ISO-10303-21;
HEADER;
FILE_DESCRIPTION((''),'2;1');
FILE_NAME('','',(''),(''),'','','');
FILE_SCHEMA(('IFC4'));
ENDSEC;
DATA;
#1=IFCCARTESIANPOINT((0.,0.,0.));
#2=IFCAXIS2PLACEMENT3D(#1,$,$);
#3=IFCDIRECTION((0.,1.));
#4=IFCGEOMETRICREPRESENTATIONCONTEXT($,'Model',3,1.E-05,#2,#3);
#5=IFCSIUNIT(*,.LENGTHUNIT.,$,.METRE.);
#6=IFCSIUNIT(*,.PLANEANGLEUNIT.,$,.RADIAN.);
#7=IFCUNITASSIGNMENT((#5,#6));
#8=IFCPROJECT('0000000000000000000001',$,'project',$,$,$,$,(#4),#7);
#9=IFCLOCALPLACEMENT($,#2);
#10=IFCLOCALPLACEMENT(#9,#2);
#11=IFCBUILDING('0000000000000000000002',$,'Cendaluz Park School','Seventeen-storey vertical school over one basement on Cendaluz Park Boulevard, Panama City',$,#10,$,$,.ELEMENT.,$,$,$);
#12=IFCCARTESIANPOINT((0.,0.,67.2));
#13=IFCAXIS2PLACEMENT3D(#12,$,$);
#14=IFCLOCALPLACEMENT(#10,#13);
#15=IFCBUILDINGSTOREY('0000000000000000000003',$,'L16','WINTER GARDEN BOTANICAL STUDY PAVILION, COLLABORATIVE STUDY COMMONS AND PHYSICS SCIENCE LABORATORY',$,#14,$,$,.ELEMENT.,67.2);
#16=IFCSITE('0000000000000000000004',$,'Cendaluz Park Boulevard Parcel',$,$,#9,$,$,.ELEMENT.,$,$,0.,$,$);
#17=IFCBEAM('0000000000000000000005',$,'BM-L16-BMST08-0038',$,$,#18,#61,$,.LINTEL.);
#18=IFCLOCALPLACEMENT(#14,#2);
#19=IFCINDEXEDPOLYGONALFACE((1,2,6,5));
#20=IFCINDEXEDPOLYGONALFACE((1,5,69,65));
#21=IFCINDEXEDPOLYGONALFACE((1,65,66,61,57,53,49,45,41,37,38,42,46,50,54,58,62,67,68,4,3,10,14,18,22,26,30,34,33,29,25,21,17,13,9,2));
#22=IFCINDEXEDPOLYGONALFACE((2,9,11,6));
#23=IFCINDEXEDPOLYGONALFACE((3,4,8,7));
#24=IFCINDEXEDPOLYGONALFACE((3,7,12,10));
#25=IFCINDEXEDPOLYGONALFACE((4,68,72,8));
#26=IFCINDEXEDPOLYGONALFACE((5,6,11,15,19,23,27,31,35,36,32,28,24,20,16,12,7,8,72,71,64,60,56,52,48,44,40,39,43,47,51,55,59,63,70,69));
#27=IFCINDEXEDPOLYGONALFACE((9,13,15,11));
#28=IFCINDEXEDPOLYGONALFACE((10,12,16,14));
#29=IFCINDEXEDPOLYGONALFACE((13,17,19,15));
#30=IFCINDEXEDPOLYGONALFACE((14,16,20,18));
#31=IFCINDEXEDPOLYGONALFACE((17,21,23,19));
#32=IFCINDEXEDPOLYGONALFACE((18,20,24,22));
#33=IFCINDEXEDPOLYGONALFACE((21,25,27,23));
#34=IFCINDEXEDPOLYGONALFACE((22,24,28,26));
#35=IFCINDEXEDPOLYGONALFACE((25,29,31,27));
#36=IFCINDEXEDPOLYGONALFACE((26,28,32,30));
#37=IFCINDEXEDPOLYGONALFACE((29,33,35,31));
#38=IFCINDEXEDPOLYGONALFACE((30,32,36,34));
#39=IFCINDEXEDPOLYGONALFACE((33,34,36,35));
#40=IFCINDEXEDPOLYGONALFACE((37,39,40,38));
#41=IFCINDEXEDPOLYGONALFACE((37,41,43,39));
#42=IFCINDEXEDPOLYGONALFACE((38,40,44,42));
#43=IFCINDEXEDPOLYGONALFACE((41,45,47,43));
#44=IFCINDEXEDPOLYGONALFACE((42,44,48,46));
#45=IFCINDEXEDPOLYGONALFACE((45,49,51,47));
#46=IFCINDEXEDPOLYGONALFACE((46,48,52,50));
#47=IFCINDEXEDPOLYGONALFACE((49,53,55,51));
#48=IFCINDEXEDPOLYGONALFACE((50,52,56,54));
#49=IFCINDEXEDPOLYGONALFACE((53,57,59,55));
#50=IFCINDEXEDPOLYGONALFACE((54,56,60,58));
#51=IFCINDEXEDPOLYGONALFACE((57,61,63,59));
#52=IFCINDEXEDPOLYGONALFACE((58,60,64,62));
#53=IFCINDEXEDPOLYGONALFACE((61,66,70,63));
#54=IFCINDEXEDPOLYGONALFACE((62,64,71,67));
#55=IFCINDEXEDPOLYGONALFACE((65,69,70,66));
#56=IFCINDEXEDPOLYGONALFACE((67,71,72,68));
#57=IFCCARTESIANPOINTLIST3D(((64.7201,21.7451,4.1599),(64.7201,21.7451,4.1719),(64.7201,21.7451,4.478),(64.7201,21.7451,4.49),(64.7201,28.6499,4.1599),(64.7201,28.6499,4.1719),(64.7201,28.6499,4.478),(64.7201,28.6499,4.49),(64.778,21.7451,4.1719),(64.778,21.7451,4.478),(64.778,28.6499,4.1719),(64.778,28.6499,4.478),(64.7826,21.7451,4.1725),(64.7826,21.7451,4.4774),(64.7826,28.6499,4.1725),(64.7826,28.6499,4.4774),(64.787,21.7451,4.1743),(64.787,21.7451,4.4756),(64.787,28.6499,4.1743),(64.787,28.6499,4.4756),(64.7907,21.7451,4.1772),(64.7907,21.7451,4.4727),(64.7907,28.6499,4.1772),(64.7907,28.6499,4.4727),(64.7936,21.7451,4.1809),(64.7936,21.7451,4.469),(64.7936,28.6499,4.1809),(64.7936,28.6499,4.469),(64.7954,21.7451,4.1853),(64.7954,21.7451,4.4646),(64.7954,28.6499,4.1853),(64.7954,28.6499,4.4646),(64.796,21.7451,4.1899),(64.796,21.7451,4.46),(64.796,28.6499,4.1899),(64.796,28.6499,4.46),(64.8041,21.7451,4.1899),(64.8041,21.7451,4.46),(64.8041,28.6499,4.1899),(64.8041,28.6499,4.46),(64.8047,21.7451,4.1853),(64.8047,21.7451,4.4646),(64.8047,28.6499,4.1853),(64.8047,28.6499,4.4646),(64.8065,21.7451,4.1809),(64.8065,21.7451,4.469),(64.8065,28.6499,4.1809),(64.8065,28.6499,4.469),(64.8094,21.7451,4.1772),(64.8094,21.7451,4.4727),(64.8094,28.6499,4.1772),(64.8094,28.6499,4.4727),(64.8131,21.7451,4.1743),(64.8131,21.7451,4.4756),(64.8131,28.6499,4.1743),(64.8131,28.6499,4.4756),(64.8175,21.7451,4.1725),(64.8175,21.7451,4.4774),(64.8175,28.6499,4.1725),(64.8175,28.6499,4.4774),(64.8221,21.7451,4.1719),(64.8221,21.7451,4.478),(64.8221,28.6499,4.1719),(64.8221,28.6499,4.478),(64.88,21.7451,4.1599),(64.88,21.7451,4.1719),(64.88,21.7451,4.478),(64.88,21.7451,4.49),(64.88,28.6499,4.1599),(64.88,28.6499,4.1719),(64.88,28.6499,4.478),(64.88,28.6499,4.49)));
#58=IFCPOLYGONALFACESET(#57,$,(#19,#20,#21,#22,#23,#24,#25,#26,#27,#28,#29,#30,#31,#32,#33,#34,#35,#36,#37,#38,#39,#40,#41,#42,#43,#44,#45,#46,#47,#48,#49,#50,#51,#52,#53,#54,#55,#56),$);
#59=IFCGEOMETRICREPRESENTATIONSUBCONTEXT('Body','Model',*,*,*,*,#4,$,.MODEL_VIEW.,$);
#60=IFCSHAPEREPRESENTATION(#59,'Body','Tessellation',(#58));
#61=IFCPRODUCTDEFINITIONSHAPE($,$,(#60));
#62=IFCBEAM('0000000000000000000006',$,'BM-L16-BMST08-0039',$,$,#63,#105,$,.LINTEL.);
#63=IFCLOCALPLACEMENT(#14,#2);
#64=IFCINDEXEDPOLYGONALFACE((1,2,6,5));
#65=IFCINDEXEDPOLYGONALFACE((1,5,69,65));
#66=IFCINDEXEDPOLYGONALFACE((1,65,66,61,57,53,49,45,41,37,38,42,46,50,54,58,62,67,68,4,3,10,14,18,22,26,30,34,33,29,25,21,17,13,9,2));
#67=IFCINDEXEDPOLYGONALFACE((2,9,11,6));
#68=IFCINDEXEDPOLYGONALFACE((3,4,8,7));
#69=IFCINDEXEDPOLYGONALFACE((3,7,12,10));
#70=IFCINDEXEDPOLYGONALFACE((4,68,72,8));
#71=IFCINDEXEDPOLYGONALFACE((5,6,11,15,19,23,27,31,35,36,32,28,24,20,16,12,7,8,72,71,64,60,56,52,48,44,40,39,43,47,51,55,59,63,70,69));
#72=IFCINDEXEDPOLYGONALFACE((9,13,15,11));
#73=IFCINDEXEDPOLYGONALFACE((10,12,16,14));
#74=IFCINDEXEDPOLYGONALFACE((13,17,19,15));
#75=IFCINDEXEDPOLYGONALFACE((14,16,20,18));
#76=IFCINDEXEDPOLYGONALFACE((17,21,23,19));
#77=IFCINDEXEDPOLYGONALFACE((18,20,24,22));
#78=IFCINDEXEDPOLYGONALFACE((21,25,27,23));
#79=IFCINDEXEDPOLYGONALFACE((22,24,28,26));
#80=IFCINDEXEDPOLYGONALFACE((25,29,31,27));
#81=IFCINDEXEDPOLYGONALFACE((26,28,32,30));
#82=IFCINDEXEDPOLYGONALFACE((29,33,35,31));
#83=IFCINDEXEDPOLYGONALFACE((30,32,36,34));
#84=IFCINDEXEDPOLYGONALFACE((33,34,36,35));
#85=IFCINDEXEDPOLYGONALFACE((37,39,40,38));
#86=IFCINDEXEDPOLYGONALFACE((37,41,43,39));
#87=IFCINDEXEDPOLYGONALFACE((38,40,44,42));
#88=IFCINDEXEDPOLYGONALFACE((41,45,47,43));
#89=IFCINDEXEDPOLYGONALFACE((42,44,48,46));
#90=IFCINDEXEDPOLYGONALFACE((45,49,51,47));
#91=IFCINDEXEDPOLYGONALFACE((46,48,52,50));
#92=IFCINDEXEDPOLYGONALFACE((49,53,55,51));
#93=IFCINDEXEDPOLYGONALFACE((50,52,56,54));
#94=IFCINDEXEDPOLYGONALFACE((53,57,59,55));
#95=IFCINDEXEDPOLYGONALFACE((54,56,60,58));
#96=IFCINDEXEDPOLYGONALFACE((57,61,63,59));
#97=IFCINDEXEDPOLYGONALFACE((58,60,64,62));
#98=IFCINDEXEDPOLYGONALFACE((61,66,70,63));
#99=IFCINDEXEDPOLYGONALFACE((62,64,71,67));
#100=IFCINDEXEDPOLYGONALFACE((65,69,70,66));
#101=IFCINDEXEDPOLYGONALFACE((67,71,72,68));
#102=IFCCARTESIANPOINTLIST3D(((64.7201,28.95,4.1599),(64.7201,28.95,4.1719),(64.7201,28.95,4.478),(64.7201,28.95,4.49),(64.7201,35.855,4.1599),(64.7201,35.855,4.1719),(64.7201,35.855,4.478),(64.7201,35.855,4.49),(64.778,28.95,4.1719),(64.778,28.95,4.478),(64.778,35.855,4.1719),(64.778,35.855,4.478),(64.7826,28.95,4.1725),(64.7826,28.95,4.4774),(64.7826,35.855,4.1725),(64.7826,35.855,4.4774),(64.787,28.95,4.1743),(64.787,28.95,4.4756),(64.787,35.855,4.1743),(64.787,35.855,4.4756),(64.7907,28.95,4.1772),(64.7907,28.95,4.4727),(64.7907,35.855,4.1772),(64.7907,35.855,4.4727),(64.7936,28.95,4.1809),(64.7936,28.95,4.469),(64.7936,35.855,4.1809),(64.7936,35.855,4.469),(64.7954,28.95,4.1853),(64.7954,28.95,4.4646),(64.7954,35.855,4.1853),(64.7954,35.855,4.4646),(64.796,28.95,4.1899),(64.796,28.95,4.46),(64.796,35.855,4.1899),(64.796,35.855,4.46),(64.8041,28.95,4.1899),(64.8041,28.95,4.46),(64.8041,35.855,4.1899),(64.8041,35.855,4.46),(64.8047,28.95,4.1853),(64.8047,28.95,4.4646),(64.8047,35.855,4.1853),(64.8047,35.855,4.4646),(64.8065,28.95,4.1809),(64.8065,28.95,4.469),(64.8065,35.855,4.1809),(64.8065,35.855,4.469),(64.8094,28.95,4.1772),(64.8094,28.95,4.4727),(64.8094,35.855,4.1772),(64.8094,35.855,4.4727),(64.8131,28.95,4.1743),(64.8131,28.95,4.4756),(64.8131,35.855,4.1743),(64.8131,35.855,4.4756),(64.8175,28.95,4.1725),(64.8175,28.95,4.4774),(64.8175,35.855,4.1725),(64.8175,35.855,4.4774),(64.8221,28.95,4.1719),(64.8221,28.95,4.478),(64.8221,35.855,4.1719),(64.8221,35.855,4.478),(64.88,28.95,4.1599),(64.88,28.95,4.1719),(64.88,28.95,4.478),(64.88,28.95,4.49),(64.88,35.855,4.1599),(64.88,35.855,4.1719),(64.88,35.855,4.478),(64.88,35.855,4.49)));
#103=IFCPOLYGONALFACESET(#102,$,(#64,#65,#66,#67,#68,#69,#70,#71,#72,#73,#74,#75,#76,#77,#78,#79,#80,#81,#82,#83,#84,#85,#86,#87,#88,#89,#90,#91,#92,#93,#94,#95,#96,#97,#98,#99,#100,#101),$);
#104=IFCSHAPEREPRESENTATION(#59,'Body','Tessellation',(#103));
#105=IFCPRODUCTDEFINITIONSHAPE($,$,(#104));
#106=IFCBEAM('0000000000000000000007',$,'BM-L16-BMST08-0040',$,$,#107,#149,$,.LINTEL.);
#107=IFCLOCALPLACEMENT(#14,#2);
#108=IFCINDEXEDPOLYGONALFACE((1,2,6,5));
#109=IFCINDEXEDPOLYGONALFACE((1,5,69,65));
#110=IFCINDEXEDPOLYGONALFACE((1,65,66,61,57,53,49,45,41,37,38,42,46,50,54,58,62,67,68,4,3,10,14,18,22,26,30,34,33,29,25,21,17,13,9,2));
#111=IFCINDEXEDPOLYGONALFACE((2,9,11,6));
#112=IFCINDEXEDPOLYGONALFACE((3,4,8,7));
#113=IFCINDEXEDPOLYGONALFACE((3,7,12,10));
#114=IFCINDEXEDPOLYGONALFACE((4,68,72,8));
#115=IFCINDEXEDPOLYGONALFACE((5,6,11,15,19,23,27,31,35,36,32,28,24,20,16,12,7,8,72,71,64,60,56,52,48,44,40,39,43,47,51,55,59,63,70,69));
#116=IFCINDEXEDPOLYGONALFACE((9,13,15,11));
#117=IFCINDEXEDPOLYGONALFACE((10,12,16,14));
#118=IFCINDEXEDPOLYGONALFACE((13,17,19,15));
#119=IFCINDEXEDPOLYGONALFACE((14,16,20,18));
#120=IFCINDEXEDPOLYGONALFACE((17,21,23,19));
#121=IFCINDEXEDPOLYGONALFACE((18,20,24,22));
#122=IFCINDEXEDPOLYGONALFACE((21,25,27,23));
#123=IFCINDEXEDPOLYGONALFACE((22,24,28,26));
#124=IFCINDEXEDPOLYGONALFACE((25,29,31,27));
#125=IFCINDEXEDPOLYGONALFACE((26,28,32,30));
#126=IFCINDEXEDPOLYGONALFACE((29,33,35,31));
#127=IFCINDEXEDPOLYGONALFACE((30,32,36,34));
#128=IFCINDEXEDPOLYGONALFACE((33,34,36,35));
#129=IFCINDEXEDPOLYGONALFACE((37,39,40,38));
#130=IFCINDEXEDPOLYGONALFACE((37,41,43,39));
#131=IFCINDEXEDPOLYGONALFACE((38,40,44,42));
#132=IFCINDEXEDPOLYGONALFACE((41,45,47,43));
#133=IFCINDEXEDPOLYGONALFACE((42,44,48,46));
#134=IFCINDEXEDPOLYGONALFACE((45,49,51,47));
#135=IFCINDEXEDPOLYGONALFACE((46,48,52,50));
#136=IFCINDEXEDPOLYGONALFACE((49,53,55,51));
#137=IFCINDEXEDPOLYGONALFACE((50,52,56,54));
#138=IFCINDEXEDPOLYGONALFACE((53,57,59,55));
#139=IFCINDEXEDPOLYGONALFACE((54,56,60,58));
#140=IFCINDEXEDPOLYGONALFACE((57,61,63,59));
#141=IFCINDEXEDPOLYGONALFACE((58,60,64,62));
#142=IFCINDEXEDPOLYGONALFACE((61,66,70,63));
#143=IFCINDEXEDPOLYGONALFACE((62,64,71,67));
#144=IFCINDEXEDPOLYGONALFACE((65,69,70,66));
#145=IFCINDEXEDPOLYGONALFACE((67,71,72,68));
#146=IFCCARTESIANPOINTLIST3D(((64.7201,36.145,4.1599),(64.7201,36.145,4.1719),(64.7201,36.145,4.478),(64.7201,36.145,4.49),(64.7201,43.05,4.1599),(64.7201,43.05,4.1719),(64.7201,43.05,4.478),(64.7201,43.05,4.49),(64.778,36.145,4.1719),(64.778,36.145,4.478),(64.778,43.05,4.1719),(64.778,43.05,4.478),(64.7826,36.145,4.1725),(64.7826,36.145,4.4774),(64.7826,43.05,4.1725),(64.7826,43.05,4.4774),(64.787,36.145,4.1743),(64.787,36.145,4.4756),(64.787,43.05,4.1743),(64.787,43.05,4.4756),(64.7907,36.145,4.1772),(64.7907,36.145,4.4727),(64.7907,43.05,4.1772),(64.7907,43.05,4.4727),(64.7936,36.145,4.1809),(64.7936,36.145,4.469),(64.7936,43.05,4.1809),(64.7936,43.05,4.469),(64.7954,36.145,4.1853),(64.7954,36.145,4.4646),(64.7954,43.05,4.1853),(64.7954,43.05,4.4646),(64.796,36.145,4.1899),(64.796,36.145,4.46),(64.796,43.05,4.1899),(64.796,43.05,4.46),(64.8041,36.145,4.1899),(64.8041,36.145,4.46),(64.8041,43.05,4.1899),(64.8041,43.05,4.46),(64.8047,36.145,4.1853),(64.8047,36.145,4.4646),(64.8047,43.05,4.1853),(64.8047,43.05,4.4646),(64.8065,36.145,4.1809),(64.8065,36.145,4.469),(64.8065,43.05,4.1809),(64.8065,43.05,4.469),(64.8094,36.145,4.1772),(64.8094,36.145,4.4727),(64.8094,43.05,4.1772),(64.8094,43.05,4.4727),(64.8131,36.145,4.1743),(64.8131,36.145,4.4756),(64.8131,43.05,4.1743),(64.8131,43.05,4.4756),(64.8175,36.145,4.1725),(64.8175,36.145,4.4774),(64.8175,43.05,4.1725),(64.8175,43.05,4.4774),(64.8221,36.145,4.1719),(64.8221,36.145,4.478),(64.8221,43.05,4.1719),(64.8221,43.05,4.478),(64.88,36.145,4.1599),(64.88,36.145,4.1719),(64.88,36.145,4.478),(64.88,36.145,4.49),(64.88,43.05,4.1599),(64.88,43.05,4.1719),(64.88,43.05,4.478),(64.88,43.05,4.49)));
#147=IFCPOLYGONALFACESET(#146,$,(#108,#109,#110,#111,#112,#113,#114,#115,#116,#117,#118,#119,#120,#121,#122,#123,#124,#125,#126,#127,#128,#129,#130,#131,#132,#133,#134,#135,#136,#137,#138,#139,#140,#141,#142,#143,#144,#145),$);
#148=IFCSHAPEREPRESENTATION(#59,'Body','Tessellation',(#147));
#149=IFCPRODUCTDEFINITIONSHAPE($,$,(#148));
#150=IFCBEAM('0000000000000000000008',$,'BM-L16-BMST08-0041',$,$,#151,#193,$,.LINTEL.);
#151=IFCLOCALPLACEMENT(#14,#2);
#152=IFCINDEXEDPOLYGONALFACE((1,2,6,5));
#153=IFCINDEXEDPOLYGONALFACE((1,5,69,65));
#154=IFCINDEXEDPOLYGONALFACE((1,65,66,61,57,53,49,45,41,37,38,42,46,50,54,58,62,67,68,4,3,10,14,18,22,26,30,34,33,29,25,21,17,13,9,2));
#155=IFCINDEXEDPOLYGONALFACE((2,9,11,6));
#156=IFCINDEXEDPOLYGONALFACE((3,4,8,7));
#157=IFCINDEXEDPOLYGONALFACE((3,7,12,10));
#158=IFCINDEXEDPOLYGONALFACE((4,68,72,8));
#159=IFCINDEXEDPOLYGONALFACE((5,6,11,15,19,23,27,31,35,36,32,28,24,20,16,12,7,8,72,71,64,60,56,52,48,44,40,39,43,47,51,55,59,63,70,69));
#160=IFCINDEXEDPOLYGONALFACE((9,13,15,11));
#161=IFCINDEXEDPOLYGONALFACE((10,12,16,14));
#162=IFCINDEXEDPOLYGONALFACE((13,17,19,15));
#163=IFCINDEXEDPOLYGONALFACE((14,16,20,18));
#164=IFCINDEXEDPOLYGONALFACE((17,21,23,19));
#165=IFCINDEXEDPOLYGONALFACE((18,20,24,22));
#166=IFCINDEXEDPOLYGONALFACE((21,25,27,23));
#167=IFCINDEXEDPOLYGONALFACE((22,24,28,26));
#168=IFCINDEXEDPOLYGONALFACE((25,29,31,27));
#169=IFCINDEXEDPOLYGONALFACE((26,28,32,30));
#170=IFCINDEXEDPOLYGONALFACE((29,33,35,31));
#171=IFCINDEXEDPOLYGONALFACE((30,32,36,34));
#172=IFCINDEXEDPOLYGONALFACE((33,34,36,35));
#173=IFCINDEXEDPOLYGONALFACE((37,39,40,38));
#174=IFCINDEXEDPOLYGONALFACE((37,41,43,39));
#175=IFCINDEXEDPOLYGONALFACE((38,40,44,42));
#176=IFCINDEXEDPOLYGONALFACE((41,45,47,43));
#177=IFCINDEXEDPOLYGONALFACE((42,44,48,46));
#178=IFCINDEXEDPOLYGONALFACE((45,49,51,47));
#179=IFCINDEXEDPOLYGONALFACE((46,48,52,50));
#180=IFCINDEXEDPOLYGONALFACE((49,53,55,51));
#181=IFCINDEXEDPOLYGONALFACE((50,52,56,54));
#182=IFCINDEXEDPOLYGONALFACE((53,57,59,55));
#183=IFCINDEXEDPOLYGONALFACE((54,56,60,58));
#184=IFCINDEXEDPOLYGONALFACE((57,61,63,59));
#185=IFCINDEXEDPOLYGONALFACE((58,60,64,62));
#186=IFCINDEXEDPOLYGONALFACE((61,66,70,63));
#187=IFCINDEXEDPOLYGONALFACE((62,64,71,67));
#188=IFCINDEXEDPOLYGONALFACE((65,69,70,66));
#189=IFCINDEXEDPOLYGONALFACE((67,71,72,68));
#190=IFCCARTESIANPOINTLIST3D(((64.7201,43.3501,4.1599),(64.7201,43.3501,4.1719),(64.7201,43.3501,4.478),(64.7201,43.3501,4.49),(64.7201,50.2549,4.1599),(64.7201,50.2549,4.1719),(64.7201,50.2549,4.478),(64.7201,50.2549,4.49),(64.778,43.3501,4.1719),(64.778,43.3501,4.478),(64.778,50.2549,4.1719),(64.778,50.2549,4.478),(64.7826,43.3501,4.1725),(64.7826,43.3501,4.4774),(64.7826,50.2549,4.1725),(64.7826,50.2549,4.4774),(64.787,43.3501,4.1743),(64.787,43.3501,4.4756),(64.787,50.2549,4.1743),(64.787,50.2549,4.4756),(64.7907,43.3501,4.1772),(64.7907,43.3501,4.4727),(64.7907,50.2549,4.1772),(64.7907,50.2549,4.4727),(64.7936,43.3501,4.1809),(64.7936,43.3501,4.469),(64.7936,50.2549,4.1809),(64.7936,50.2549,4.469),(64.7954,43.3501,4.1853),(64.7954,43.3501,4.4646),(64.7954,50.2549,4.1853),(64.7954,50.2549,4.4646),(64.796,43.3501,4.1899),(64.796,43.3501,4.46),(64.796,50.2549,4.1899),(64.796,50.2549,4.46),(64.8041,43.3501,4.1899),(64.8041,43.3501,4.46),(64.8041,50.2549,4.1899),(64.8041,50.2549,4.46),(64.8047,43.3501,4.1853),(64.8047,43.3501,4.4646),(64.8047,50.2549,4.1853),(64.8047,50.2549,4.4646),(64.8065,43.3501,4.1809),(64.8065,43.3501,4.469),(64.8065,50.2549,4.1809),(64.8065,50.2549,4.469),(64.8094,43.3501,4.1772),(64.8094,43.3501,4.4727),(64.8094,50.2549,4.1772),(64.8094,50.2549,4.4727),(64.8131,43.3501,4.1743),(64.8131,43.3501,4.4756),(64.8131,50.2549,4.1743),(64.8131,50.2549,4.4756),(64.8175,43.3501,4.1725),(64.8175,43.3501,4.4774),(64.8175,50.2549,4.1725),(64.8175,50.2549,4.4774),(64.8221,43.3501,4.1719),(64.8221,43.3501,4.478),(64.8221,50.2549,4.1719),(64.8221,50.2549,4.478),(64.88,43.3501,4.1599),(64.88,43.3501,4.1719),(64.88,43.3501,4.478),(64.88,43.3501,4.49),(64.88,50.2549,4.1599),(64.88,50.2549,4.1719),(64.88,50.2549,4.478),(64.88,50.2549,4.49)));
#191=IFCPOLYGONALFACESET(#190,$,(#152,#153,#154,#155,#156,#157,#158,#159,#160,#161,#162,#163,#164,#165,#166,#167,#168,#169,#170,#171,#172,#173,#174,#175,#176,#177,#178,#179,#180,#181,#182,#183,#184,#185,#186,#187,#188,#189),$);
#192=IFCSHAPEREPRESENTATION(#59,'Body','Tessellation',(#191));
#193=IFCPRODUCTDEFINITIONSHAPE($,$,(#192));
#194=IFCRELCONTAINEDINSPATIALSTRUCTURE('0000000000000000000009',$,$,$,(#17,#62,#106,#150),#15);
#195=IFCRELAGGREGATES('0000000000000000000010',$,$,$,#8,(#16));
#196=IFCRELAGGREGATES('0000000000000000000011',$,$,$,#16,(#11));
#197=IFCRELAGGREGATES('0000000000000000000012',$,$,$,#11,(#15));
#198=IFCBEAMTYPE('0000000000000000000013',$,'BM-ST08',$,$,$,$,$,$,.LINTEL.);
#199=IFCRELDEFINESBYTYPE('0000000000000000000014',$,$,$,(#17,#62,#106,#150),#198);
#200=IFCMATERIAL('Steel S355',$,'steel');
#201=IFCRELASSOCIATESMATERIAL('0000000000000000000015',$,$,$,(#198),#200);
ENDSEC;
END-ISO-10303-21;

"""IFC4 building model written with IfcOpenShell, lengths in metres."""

from ifc_helpers import new_model, si_unit, direction, frame, origin, origin_2d, place, context, subcontext, project, spatial, i_section, extrude, material, material_profile, profile_set, type_object, element, save


model = new_model("IFC4")

# Units and contexts
model_context = context("Model", 3, precision=1e-05, world=origin(), true_north=direction((0.0, 1.0)))
body_context = subcontext(model_context, "Body", "Model", "MODEL_VIEW")
ifc_project = project(units=[si_unit("LENGTHUNIT", "METRE"), si_unit("PLANEANGLEUNIT", "RADIAN")], contexts=[model_context])

# Site, building, storey
site_placement = place(None, origin())
site = spatial("IfcSite", under=ifc_project, at=site_placement, Name="Cendaluz Park Boulevard Parcel", CompositionType="ELEMENT", RefElevation=0.0)
building_placement = place(site_placement, origin())
building = spatial("IfcBuilding", under=site, at=building_placement, Name="Cendaluz Park School", Description="Seventeen-storey vertical school over one basement on Cendaluz Park Boulevard, Panama City", CompositionType="ELEMENT")
storey_placement = place(building_placement, frame((0.0, 0.0, 67.2)))
storey = spatial("IfcBuildingStorey", under=building, at=storey_placement, Name="L16", Description="WINTER GARDEN BOTANICAL STUDY PAVILION, COLLABORATIVE STUDY COMMONS AND PHYSICS SCIENCE LABORATORY", CompositionType="ELEMENT", Elevation=67.2)

# Shared definitions
ifc_material_1 = material(Name="Steel S355", Category="steel")

# Beams
ifc_material_profile_1 = material_profile(ifc_material_1, i_section(OverallWidth=0.1599, OverallDepth=0.3301, WebThickness=0.0081, FlangeThickness=0.012, FilletRadius=0.0181, at=origin_2d()), Name="IPE 330", Category="steel")
ifc_profile_set_1 = profile_set([ifc_material_profile_1], Name="Steel S355")
beam_type = type_object("IfcBeamType", Name="BM-ST08", PredefinedType="LINTEL", material=ifc_profile_set_1)
beam_1_placement = place(storey_placement, frame((64.8, 21.7451, 4.325), z_axis=(0.0, 1.0, 0.0), x_axis=(-1.0, 0.0, 0.0)))
element("IfcBeam", 1, at=beam_1_placement, inside=storey, type_object=beam_type, Name="BM-L16-BMST08-0038", PredefinedType="LINTEL", context=body_context, shape_type="SweptSolid", body=[
    extrude(i_section(OverallWidth=0.1599, OverallDepth=0.3301, WebThickness=0.0081, FlangeThickness=0.012, FilletRadius=0.0181, at=origin_2d()), origin(), (0.0, 0.0, 1.0), 6.9048),
])
for number, where, z_axis, x_axis, name in (
    (2, (64.8, 28.95, 4.325), (0.0, 1.0, 0.0), (-1.0, 0.0, 0.0), "BM-L16-BMST08-0039"),
    (3, (64.8, 36.145, 4.325), (0.0, 1.0, 0.0), (-1.0, 0.0, 0.0), "BM-L16-BMST08-0040"),
):
    element("IfcBeam", number, at=place(storey_placement, frame(where, z_axis=z_axis, x_axis=x_axis)), inside=storey, type_object=beam_type, Name=name, PredefinedType="LINTEL", context=body_context, shape_type="SweptSolid", body=[
        extrude(i_section(OverallWidth=0.1599, OverallDepth=0.3301, WebThickness=0.0081, FlangeThickness=0.012, FilletRadius=0.0181, at=origin_2d()), origin(), (0.0, 0.0, 1.0), 6.905),
    ])
beam_2_placement = place(storey_placement, frame((64.8, 43.3501, 4.325), z_axis=(0.0, 1.0, 0.0), x_axis=(-1.0, 0.0, 0.0)))
element("IfcBeam", 4, at=beam_2_placement, inside=storey, type_object=beam_type, Name="BM-L16-BMST08-0041", PredefinedType="LINTEL", context=body_context, shape_type="SweptSolid", body=[
    extrude(i_section(OverallWidth=0.1599, OverallDepth=0.3301, WebThickness=0.0081, FlangeThickness=0.012, FilletRadius=0.0181, at=origin_2d()), origin(), (0.0, 0.0, 1.0), 6.9048),
])

save(model, "model.ifc")
